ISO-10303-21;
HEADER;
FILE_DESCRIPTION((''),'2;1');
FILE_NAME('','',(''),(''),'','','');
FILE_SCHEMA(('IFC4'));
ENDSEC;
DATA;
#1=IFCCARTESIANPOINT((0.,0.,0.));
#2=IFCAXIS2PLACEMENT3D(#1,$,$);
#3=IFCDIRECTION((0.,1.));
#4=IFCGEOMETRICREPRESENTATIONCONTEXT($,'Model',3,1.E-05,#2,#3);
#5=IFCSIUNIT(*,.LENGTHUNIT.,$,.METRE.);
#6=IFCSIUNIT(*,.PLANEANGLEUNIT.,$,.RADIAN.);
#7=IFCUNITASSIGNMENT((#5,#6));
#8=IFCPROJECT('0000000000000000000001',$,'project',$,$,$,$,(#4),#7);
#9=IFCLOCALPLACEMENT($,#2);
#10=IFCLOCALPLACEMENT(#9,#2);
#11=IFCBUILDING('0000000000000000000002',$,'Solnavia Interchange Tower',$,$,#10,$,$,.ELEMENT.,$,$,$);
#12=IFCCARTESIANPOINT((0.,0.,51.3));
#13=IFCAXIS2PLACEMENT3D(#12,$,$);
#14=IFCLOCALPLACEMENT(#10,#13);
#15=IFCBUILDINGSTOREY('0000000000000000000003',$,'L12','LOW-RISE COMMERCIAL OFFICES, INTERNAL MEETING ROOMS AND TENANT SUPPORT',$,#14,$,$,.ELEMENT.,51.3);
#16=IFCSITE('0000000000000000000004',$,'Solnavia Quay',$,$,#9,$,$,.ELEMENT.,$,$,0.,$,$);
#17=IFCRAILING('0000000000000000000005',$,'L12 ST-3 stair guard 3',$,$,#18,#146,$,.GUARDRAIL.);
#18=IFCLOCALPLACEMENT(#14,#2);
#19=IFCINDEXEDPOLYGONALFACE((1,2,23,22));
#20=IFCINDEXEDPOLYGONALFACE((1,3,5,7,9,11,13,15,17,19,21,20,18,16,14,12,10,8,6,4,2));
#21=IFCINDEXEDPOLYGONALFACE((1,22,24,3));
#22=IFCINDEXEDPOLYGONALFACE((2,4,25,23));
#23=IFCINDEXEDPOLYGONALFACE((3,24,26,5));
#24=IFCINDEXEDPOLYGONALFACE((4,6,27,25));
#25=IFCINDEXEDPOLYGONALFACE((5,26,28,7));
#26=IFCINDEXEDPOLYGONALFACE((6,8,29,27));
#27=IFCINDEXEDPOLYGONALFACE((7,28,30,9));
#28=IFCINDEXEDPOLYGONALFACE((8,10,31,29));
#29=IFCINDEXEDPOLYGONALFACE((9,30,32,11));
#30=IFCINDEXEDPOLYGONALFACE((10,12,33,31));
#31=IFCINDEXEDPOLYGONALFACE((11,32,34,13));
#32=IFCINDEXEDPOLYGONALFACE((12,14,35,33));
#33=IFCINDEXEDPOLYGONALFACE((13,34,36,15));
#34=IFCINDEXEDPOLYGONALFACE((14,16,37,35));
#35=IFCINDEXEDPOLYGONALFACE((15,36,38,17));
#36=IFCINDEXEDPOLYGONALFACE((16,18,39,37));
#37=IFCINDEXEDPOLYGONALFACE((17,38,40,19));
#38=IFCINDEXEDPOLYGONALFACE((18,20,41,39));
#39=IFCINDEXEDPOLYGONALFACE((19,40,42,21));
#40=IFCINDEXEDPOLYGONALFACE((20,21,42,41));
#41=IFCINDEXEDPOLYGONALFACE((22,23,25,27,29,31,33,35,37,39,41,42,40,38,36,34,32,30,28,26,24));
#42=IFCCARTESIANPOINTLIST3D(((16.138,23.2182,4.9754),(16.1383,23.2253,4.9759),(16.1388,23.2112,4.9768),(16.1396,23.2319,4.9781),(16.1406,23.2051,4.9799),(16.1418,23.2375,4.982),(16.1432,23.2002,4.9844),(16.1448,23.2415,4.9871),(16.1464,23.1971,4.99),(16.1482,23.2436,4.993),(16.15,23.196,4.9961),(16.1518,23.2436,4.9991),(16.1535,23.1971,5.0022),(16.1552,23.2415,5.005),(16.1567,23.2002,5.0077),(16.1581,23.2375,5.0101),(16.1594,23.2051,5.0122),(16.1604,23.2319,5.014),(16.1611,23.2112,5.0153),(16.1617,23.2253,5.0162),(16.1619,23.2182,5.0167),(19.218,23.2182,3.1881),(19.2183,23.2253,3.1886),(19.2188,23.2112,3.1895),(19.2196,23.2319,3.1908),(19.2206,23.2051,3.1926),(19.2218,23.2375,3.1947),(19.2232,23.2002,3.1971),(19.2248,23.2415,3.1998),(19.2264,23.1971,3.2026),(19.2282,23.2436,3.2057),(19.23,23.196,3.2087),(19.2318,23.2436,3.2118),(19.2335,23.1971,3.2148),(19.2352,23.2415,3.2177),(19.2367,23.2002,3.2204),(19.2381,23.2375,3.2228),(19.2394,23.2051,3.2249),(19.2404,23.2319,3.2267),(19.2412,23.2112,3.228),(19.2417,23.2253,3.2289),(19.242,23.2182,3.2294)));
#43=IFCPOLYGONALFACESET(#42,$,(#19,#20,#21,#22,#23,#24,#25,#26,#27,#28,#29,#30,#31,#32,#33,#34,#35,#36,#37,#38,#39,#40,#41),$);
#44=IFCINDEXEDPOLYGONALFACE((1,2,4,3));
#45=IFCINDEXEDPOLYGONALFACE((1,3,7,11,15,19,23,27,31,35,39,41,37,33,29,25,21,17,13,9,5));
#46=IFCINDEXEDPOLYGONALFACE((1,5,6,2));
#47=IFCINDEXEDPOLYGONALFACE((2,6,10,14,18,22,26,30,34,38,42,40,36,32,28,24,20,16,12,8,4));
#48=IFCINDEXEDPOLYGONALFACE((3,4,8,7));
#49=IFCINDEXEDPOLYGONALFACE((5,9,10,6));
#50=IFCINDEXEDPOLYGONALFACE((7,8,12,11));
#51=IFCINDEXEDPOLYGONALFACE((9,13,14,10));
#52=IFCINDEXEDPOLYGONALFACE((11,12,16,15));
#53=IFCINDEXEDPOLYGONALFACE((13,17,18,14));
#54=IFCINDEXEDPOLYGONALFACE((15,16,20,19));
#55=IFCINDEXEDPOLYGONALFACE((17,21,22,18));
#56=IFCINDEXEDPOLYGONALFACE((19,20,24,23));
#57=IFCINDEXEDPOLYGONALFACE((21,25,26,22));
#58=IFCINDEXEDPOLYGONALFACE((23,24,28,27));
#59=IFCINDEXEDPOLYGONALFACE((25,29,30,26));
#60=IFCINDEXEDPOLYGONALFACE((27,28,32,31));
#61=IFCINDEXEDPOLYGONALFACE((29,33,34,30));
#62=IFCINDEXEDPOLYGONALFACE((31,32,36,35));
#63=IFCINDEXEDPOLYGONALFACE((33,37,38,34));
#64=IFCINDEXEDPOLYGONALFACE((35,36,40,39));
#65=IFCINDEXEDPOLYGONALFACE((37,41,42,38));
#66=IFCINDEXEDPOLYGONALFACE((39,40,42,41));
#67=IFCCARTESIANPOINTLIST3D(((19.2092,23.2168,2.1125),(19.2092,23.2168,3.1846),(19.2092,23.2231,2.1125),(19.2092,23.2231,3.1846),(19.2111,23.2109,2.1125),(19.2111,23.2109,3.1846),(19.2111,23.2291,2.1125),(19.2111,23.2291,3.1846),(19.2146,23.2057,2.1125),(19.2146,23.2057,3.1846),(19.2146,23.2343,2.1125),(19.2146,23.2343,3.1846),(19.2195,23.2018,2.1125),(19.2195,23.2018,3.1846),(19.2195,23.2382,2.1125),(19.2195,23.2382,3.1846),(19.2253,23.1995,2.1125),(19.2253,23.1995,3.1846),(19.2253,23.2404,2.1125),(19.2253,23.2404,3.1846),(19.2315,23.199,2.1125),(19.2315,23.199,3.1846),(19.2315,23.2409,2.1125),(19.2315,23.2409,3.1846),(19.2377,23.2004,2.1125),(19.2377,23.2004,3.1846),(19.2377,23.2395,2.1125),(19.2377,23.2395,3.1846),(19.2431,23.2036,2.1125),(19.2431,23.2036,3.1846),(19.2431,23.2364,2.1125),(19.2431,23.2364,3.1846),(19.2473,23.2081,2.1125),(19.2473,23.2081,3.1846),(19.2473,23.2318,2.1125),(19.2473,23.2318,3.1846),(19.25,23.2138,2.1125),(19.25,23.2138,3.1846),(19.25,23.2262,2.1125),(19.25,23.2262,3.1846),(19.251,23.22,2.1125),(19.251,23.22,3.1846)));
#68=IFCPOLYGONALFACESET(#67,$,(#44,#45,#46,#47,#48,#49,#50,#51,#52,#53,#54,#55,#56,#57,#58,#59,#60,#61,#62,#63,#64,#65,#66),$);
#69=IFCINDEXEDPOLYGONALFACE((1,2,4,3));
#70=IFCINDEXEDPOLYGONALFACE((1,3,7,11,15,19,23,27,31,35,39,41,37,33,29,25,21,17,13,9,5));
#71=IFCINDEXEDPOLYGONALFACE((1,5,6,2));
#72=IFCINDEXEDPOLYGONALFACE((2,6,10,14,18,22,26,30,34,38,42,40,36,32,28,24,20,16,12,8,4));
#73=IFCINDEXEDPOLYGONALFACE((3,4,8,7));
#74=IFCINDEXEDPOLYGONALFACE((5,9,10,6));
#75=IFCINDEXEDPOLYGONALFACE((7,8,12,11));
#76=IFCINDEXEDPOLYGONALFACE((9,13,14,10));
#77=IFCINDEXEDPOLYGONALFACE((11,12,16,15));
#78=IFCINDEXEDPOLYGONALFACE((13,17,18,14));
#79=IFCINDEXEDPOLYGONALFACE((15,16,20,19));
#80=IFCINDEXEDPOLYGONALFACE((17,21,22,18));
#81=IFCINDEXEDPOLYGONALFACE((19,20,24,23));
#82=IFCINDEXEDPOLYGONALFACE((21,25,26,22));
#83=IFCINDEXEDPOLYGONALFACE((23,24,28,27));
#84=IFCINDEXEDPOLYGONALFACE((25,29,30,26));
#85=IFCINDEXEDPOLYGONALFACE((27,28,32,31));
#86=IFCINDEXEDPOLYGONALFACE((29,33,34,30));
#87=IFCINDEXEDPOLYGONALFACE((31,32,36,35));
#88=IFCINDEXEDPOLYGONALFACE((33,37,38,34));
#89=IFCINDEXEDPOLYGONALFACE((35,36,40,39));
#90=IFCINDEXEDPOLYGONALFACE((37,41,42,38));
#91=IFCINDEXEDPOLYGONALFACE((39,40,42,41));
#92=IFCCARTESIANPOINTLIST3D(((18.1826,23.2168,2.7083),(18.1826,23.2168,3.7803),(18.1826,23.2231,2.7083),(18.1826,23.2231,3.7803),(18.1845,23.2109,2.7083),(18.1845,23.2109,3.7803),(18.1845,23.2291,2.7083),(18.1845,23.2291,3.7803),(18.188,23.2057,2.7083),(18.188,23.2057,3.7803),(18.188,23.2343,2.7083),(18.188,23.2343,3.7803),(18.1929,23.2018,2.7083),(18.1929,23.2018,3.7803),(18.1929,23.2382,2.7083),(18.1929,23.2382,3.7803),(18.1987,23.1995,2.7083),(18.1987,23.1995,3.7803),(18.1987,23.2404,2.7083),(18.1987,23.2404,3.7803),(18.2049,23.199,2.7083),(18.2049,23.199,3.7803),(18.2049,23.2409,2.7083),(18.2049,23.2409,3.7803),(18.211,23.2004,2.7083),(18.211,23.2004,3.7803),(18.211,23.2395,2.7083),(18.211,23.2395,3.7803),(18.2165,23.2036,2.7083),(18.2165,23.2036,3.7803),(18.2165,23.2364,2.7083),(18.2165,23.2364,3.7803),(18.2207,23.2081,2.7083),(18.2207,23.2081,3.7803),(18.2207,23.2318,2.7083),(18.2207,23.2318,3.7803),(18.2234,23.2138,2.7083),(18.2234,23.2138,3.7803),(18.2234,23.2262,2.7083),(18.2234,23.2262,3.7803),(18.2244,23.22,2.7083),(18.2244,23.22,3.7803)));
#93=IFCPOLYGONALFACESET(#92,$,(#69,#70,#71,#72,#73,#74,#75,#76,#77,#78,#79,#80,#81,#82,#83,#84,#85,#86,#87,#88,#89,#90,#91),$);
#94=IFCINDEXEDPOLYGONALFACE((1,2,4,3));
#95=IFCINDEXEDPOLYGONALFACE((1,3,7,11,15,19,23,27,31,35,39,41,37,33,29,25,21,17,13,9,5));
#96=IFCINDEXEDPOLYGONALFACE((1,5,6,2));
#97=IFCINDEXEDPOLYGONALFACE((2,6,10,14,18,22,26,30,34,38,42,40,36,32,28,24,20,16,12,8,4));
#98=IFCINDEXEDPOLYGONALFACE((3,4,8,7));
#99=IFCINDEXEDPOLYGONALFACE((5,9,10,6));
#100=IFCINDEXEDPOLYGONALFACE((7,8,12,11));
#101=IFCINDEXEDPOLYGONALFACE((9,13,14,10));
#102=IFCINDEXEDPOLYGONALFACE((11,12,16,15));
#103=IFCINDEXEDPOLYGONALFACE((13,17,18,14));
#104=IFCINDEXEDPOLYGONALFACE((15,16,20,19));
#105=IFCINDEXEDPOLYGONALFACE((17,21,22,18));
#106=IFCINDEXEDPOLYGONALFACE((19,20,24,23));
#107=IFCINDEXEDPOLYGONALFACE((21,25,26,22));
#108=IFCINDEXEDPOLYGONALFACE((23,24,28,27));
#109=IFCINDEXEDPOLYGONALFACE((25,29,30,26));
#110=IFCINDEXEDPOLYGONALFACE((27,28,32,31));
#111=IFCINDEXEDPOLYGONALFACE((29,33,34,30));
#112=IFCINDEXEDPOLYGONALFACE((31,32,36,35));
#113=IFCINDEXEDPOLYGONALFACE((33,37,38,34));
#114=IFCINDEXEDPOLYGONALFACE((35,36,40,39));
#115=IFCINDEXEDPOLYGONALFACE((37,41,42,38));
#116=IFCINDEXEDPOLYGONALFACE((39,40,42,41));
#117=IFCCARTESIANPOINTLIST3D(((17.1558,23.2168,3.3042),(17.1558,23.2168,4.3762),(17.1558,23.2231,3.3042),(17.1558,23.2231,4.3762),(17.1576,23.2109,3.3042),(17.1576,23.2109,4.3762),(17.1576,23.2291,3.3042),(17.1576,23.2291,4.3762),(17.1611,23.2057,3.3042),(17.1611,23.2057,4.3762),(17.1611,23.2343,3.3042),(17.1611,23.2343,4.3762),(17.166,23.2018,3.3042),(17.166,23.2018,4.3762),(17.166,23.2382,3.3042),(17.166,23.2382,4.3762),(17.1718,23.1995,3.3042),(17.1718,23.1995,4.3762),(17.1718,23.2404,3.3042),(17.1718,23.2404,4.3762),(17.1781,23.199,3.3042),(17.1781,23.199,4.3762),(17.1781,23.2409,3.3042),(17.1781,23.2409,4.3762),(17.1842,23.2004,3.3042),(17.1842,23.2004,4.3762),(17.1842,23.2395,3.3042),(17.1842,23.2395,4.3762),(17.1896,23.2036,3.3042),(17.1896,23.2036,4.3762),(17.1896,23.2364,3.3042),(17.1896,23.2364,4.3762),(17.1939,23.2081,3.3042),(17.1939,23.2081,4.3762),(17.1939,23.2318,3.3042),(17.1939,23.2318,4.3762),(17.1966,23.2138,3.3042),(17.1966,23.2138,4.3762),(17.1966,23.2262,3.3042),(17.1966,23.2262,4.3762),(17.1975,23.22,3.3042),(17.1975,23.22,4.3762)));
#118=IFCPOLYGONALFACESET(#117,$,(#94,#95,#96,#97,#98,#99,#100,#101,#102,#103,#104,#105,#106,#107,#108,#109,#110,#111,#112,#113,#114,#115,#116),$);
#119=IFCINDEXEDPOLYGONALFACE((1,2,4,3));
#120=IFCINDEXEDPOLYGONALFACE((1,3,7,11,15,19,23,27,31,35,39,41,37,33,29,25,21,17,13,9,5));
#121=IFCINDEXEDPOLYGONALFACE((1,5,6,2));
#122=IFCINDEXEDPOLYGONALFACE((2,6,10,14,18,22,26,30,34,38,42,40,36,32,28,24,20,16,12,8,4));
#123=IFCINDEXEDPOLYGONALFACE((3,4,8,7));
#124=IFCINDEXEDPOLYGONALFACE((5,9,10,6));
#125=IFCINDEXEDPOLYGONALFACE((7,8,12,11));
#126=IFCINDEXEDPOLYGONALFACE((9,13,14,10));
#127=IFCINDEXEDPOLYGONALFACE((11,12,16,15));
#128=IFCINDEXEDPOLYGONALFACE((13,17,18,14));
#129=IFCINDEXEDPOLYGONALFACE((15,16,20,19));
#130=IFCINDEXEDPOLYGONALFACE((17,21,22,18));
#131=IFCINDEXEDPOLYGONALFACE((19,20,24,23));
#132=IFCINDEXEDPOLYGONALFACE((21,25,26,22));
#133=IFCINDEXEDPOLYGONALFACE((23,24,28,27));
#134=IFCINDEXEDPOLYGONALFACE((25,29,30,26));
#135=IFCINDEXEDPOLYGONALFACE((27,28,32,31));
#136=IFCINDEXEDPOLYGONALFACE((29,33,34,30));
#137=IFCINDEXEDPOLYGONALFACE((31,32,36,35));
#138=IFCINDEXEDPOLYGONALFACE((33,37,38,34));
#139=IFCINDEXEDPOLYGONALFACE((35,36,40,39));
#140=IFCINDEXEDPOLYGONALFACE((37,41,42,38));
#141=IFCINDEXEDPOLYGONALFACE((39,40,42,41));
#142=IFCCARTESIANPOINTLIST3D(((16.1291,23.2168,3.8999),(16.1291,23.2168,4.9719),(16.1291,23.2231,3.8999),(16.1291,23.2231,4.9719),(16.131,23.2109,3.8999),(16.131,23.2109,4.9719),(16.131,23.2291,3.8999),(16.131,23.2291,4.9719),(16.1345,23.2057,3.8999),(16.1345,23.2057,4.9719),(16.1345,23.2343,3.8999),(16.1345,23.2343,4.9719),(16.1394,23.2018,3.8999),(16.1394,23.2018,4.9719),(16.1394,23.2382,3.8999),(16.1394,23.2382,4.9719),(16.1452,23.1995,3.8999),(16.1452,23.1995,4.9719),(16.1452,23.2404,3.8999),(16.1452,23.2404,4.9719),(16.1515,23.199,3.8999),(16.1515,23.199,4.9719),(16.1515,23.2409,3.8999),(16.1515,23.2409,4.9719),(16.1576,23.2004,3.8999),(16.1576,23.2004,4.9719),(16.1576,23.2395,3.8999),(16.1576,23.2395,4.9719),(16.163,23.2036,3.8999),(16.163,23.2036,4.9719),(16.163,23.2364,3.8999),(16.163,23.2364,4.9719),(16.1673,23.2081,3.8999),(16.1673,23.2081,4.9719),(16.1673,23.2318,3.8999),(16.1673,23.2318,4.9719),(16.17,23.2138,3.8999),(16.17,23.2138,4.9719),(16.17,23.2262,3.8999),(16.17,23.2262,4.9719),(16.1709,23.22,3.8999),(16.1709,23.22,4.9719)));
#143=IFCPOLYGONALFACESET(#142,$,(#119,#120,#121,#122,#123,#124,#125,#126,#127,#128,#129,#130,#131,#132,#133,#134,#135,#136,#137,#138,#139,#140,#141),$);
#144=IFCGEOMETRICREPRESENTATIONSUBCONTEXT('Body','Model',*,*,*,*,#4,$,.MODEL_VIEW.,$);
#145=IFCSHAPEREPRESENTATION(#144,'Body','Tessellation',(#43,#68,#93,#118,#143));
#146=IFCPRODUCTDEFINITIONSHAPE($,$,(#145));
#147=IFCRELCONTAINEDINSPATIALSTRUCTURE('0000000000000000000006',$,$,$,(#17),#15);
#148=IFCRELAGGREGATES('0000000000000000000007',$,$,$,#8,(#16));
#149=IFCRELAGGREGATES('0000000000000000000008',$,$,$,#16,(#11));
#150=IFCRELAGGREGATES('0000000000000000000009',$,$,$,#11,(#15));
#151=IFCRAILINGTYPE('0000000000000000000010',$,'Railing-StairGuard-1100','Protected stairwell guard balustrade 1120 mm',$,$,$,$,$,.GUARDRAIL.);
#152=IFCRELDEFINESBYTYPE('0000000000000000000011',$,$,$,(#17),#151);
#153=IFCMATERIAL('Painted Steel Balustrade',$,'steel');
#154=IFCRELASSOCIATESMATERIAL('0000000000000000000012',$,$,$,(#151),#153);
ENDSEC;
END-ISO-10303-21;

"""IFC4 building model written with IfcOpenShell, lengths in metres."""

from ifc_helpers import new_model, si_unit, direction, frame, origin, origin_2d, place, context, subcontext, project, spatial, circle, extrude, material, type_object, element, save


model = new_model("IFC4")

# Units and contexts
model_context = context("Model", 3, precision=1e-05, world=origin(), true_north=direction((0.0, 1.0)))
body_context = subcontext(model_context, "Body", "Model", "MODEL_VIEW")
ifc_project = project(units=[si_unit("LENGTHUNIT", "METRE"), si_unit("PLANEANGLEUNIT", "RADIAN")], contexts=[model_context])

# Site, building, storey
site_placement = place(None, origin())
site = spatial("IfcSite", under=ifc_project, at=site_placement, Name="Solnavia Quay", CompositionType="ELEMENT", RefElevation=0.0)
building_placement = place(site_placement, origin())
building = spatial("IfcBuilding", under=site, at=building_placement, Name="Solnavia Interchange Tower", CompositionType="ELEMENT")
storey_placement = place(building_placement, frame((0.0, 0.0, 51.3)))
storey = spatial("IfcBuildingStorey", under=building, at=storey_placement, Name="L12", Description="LOW-RISE COMMERCIAL OFFICES, INTERNAL MEETING ROOMS AND TENANT SUPPORT", CompositionType="ELEMENT", Elevation=51.3)

# Railing
ifc_material_1 = material(Name="Painted Steel Balustrade", Category="steel")
railing_type_1 = type_object("IfcRailingType", Name="Railing-StairGuard-1100", Description="Protected stairwell guard balustrade 1120 mm", PredefinedType="GUARDRAIL", material=ifc_material_1)
railing_1_placement = place(storey_placement, frame((19.23, 23.22, 2.1125)))
element("IfcRailing", 1, at=railing_1_placement, inside=storey, type_object=railing_type_1, Name="L12 ST-3 stair guard 3", PredefinedType="GUARDRAIL", context=body_context, shape_type="SweptSolid", body=[
    extrude(circle(Radius=0.0239, at=origin_2d()), frame((0.0, 0.0, 1.0962), z_axis=(-0.86492, 0.0, 0.501909), x_axis=(0.0, -1.0, 0.0)), (0.0, 0.0, 1.0), 3.561),
    extrude(circle(Radius=0.021, at=origin_2d()), origin(), (0.0, 0.0, 1.0), 1.072),
    extrude(circle(Radius=0.021, at=origin_2d()), frame((-1.0266, 0.0, 0.5957)), (0.0, 0.0, 1.0), 1.072),
    extrude(circle(Radius=0.021, at=origin_2d()), frame((-2.0535, 0.0, 1.1917)), (0.0, 0.0, 1.0), 1.072),
    extrude(circle(Radius=0.021, at=origin_2d()), frame((-3.0801, 0.0, 1.7874)), (0.0, 0.0, 1.0), 1.072),
])

save(model, "model.ifc")
